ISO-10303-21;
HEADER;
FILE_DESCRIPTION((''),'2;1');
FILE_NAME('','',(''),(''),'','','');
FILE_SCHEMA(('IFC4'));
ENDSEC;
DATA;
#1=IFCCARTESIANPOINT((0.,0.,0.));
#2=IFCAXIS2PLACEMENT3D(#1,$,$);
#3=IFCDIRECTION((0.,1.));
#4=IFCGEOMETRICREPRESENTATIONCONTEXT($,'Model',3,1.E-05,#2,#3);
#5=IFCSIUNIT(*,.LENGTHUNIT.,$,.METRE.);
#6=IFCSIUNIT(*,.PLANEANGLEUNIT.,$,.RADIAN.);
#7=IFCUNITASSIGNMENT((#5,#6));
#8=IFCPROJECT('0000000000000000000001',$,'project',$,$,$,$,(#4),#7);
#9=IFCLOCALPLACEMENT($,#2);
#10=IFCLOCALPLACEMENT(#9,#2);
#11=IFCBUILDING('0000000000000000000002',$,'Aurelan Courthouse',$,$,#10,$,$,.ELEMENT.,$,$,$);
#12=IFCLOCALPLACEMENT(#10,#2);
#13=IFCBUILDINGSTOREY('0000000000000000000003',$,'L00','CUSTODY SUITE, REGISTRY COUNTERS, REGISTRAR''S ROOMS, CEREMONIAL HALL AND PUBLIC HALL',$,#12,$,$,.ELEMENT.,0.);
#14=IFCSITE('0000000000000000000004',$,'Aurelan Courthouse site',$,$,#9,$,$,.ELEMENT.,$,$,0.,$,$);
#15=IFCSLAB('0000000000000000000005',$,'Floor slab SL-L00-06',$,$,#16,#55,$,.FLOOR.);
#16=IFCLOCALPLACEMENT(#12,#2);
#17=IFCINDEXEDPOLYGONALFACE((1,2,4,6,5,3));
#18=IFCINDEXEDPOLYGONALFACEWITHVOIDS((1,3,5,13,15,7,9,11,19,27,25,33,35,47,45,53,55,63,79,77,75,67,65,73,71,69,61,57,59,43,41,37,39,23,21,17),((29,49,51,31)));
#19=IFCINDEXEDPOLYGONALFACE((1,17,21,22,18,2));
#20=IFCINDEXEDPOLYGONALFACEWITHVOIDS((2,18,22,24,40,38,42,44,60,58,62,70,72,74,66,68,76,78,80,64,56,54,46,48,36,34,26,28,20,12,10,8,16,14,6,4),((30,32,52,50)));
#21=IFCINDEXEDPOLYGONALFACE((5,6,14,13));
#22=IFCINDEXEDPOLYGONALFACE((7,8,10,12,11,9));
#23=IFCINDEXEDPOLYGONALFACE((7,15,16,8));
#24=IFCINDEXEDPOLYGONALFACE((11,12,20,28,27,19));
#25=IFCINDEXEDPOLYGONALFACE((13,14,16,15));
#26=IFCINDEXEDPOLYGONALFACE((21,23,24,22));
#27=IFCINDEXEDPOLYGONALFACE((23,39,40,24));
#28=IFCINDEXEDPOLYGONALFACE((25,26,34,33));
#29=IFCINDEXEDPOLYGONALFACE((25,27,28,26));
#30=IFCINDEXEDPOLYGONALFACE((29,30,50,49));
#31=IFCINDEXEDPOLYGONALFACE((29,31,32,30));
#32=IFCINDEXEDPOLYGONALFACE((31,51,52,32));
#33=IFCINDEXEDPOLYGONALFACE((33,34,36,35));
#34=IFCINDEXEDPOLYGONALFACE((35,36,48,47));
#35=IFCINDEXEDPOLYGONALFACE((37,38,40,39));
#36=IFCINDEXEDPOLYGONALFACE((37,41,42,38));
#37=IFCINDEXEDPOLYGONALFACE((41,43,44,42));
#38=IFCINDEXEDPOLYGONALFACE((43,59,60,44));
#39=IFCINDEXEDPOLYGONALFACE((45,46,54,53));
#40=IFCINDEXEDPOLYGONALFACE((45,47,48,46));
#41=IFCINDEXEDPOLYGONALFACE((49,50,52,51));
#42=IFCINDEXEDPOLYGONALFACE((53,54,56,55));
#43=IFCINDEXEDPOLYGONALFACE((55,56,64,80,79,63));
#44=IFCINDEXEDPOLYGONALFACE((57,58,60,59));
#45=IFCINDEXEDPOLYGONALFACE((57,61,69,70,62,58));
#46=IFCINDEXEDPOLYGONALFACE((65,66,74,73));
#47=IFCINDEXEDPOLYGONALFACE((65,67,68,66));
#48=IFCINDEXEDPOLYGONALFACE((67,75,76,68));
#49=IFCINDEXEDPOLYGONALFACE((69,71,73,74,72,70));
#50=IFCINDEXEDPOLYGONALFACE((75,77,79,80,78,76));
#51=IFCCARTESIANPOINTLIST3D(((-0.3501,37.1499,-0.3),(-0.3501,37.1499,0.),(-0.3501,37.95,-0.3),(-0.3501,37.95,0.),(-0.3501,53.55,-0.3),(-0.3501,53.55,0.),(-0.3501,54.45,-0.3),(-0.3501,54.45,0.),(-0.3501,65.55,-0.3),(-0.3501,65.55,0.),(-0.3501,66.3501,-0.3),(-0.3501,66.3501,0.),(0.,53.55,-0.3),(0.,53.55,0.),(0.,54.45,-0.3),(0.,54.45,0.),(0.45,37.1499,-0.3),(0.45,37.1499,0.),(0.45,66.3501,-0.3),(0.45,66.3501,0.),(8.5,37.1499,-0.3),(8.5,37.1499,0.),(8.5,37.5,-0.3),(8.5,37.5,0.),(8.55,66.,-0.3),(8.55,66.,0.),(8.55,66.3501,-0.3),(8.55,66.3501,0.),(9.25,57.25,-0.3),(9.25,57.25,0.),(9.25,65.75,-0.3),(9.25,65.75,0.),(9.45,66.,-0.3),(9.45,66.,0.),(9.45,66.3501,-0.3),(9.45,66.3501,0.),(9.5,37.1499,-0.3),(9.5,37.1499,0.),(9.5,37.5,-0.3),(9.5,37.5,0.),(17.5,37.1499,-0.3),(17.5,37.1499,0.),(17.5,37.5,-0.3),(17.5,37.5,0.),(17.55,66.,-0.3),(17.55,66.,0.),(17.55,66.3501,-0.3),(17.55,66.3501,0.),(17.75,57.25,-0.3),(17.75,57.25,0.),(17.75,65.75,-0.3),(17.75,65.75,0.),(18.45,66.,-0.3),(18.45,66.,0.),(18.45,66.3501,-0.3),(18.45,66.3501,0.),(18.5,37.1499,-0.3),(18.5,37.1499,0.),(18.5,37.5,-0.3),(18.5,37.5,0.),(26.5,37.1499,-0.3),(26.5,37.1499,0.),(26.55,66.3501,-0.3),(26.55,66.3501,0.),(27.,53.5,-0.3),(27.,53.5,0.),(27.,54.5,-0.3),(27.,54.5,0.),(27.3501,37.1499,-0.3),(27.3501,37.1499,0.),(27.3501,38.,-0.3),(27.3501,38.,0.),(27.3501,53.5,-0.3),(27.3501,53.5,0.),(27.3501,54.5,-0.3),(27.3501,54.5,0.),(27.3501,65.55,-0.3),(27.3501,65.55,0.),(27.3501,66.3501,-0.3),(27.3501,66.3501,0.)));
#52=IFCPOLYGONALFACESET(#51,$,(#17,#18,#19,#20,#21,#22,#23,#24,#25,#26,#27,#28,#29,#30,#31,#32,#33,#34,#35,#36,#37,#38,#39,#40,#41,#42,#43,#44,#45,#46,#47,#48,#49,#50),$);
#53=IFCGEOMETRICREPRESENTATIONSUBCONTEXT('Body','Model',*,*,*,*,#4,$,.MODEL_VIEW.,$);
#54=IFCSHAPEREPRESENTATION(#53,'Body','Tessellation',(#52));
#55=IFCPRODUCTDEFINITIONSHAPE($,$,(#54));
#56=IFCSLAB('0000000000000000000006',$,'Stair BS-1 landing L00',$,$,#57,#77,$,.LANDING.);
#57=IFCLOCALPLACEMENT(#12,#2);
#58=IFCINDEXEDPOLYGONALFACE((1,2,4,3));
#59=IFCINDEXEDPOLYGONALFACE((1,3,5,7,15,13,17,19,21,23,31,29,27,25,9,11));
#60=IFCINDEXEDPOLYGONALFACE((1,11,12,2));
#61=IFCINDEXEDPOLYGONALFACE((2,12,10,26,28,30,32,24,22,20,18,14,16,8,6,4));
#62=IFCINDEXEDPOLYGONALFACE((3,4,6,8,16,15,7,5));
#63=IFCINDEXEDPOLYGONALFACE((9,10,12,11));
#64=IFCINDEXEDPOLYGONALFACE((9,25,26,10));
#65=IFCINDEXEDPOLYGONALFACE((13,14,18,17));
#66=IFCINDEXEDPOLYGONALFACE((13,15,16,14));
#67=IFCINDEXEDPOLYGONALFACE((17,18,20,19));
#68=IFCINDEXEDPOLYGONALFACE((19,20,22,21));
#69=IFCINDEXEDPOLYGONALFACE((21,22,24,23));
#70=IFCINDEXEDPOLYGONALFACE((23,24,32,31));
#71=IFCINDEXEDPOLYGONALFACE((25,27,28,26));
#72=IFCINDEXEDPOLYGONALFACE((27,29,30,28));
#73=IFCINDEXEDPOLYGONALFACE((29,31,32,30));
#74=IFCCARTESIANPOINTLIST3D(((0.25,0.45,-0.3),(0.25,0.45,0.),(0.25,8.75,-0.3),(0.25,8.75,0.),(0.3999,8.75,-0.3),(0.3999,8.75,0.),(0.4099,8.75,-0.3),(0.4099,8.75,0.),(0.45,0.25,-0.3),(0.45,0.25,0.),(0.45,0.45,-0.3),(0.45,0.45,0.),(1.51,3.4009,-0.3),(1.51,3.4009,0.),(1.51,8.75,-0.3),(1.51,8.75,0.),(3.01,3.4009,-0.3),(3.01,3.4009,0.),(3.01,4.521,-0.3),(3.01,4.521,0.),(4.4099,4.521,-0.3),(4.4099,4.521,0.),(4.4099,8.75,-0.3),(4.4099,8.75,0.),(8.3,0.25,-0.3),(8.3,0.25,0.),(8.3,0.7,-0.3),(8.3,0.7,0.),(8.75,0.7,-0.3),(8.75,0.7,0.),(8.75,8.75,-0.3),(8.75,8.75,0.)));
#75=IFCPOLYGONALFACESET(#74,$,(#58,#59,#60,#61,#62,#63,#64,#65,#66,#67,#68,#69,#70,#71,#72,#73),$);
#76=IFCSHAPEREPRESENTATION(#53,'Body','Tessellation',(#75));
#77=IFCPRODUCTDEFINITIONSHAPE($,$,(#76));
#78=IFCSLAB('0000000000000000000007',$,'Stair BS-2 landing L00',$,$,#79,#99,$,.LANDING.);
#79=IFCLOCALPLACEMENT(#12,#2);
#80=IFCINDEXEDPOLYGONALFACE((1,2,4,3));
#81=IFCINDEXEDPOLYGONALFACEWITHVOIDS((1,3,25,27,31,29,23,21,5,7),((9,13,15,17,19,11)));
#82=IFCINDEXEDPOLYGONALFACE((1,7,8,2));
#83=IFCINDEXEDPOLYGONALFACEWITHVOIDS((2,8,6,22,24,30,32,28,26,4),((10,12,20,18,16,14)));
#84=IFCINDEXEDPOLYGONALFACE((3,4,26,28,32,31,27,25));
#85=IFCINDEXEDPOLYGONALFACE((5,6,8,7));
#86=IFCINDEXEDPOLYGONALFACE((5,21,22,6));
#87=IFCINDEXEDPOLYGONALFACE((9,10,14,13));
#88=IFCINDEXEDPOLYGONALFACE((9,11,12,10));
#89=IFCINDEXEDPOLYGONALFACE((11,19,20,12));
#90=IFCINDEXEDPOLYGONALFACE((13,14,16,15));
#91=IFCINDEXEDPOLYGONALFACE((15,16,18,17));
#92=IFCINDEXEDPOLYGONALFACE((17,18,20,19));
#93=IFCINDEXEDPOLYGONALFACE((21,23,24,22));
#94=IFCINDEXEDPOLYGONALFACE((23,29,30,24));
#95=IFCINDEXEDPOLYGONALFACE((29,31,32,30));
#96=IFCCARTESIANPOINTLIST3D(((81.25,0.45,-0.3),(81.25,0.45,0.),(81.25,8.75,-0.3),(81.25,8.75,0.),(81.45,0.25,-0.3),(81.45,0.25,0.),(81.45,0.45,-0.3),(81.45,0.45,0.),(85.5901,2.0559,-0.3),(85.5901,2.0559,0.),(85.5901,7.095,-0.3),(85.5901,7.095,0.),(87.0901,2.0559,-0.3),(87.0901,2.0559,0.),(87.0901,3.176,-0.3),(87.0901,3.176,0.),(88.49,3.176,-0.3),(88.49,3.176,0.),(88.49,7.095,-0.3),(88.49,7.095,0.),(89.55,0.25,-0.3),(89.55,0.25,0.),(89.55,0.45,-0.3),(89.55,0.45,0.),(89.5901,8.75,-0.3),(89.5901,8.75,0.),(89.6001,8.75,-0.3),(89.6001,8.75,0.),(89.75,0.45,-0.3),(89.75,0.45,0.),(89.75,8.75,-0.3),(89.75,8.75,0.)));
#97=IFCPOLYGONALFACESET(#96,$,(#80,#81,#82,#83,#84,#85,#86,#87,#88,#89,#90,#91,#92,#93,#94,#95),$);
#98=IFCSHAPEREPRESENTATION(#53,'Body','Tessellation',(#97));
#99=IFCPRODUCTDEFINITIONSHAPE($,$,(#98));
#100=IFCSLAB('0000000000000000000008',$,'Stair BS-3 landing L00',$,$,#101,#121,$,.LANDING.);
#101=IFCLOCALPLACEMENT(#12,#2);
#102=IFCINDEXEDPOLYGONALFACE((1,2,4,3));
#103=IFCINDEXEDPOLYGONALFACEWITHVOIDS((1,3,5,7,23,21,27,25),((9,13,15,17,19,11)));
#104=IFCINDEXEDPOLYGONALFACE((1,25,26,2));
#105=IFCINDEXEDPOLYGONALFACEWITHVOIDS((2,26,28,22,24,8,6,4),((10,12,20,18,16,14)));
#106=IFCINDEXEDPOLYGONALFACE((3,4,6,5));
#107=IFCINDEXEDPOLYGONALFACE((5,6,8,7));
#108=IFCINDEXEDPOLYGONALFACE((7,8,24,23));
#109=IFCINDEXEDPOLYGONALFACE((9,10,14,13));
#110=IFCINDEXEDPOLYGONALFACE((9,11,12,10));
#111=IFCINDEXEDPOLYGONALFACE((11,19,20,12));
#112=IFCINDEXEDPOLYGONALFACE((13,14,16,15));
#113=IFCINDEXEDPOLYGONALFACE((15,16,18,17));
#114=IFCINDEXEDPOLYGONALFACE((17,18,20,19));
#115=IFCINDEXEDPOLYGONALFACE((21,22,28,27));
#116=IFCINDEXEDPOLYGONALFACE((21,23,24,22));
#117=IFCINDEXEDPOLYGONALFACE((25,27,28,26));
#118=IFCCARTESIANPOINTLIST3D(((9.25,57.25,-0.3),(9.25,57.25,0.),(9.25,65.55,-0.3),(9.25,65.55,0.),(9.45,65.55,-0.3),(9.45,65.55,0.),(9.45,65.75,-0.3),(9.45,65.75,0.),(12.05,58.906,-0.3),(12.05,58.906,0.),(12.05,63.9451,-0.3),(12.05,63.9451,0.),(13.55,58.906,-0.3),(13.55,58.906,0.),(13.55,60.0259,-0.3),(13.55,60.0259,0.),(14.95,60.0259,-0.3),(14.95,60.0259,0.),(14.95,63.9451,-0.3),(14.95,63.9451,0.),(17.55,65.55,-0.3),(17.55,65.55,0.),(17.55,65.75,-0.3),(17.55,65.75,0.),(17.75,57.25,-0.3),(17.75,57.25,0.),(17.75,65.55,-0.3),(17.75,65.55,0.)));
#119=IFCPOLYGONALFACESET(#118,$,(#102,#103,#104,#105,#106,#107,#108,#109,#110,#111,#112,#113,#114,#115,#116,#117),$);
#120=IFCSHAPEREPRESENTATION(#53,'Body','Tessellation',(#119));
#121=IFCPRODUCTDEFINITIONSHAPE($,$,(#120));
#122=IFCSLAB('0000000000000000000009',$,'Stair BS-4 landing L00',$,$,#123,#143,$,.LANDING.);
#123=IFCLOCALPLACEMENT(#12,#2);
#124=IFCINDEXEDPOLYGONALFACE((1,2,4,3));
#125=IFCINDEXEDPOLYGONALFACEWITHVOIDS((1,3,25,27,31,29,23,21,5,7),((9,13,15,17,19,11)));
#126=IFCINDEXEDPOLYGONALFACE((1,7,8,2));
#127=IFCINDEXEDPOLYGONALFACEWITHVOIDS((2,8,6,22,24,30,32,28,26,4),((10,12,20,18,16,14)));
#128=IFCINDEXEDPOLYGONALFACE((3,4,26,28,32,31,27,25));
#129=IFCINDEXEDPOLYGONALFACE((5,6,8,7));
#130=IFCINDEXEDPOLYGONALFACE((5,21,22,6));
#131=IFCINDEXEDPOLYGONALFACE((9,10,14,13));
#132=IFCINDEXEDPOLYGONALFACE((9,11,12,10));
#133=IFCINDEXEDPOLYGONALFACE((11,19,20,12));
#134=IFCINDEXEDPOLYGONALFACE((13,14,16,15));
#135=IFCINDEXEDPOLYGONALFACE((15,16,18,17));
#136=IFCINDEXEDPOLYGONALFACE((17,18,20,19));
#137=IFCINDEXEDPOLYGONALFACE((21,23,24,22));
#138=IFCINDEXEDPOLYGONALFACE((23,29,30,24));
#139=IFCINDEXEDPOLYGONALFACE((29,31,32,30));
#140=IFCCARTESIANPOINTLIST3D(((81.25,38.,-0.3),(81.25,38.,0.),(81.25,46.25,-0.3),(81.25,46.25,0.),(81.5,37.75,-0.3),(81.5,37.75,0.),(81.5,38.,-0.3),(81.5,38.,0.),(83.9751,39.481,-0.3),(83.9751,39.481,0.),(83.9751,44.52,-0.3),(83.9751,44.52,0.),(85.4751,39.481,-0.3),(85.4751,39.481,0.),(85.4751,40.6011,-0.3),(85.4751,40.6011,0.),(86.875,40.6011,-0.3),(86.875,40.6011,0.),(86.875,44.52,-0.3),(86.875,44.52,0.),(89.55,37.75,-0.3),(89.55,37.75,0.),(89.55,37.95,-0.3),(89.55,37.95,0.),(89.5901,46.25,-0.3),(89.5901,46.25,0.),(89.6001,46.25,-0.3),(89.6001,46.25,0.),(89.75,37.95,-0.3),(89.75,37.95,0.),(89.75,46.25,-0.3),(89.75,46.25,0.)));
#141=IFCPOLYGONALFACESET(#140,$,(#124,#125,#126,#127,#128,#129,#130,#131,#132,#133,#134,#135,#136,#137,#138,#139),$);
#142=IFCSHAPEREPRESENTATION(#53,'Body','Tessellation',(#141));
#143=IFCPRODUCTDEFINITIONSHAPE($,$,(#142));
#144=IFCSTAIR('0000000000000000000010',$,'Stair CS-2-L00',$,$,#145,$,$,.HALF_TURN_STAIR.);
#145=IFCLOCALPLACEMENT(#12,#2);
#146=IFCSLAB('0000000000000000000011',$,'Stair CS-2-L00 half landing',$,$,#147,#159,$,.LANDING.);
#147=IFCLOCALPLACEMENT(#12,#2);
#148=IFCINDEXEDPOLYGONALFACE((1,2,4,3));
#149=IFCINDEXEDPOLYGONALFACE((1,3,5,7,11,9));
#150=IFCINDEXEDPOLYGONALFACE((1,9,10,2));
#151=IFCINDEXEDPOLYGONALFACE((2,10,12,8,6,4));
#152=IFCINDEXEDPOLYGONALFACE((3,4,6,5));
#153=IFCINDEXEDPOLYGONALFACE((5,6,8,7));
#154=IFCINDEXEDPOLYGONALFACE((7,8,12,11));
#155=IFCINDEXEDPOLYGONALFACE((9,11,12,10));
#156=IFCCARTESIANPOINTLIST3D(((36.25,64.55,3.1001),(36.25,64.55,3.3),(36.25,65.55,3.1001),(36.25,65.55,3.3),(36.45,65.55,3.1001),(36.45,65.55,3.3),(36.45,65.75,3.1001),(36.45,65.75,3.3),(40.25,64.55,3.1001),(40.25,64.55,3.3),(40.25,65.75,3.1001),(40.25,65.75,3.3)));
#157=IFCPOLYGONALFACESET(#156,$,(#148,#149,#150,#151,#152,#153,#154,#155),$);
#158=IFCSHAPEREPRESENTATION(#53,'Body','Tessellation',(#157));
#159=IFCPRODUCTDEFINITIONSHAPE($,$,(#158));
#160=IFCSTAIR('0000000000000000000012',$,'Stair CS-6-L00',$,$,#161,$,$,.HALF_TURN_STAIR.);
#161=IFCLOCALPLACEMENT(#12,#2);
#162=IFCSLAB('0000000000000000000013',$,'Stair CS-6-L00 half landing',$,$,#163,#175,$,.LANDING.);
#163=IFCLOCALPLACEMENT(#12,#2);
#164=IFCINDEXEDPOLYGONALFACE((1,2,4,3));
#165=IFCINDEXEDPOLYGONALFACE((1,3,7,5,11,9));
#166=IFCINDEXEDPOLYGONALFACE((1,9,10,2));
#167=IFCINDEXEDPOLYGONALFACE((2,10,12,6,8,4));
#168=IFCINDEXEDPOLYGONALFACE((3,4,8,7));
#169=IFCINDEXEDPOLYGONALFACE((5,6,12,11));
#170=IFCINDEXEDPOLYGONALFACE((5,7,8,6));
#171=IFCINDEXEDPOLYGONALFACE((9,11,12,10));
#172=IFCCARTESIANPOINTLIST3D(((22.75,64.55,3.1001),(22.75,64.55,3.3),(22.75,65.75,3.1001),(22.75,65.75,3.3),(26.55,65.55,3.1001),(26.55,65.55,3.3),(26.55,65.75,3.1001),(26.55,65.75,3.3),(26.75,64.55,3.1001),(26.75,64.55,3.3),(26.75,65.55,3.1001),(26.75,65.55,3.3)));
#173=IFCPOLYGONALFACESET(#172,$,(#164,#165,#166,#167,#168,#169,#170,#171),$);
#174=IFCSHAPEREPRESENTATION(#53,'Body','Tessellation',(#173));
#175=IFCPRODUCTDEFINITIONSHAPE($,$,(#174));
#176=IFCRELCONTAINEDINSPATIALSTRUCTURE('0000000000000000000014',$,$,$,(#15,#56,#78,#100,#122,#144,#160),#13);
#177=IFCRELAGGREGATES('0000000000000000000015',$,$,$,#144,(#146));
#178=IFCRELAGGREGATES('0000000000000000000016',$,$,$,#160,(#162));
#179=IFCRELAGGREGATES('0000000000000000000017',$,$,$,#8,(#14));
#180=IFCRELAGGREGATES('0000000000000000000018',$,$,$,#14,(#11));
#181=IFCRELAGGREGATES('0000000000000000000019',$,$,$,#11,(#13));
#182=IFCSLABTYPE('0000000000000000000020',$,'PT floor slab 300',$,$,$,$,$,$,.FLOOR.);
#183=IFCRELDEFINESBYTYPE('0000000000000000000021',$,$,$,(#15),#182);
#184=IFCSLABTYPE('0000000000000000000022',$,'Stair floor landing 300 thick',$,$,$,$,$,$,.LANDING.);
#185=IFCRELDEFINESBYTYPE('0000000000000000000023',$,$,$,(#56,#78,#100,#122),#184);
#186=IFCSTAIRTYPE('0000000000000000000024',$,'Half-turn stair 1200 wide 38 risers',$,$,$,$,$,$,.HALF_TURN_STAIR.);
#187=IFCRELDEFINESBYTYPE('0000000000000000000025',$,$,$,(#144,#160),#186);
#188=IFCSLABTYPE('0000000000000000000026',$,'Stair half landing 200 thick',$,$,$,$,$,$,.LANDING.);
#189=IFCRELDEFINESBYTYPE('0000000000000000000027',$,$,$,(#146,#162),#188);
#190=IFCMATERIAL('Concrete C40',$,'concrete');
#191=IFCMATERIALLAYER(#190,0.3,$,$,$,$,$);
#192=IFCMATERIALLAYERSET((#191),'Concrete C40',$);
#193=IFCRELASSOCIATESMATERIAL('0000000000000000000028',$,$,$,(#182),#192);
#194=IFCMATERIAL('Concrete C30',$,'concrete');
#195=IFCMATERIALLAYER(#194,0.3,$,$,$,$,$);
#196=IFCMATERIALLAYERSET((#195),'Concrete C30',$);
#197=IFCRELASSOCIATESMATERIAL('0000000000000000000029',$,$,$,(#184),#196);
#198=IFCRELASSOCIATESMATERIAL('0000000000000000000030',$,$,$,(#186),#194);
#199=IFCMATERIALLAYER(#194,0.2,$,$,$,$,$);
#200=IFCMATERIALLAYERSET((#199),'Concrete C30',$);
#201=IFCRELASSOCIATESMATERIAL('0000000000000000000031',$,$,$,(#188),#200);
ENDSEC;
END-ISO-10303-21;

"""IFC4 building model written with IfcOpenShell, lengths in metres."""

from ifc_helpers import new_model, si_unit, direction, frame, origin, place, context, subcontext, project, spatial, polyline, outline, extrude, material, layer, layer_set, type_object, element, aggregate, save


model = new_model("IFC4")

# Units and contexts
model_context = context("Model", 3, precision=1e-05, world=origin(), true_north=direction((0.0, 1.0)))
body_context = subcontext(model_context, "Body", "Model", "MODEL_VIEW")
ifc_project = project(units=[si_unit("LENGTHUNIT", "METRE"), si_unit("PLANEANGLEUNIT", "RADIAN")], contexts=[model_context])

# Site, building, storey
site_placement = place(None, origin())
site = spatial("IfcSite", under=ifc_project, at=site_placement, Name="Aurelan Courthouse site", CompositionType="ELEMENT", RefElevation=0.0)
building_placement = place(site_placement, origin())
building = spatial("IfcBuilding", under=site, at=building_placement, Name="Aurelan Courthouse", CompositionType="ELEMENT")
storey_placement = place(building_placement, origin())
storey = spatial("IfcBuildingStorey", under=building, at=storey_placement, Name="L00", Description="CUSTODY SUITE, REGISTRY COUNTERS, REGISTRAR'S ROOMS, CEREMONIAL HALL AND PUBLIC HALL", CompositionType="ELEMENT", Elevation=0.0)

# Slabs
ifc_material_1 = material(Name="Concrete C40", Category="concrete")
ifc_layer_1 = layer(ifc_material_1, 0.3)
ifc_layer_set_1 = layer_set([ifc_layer_1], Name="Concrete C40")
slab_type_1 = type_object("IfcSlabType", Name="PT floor slab 300", PredefinedType="FLOOR", material=ifc_layer_set_1)
slab_1_placement = place(storey_placement, frame((0.0, 0.0, -0.3)))
element("IfcSlab", 1, at=slab_1_placement, inside=storey, type_object=slab_type_1, Name="Floor slab SL-L00-06", PredefinedType="FLOOR", context=body_context, shape_type="SweptSolid", body=[
    extrude(outline(polyline([(-0.3501, 37.1499), (0.45, 37.1499), (8.5, 37.1499), (8.5, 37.5), (9.5, 37.5), (9.5, 37.1499), (17.5, 37.1499), (17.5, 37.5), (18.5, 37.5), (18.5, 37.1499), (26.5, 37.1499), (27.3501, 37.1499), (27.3501, 38.0), (27.3501, 53.5), (27.0, 53.5), (27.0, 54.5), (27.3501, 54.5), (27.3501, 65.55), (27.3501, 66.3501), (26.55, 66.3501), (18.45, 66.3501), (18.45, 66.0), (17.55, 66.0), (17.55, 66.3501), (9.45, 66.3501), (9.45, 66.0), (8.55, 66.0), (8.55, 66.3501), (0.45, 66.3501), (-0.3501, 66.3501), (-0.3501, 65.55), (-0.3501, 54.45), (0.0, 54.45), (0.0, 53.55), (-0.3501, 53.55), (-0.3501, 37.95), (-0.3501, 37.1499)]), holes=[polyline([(17.75, 65.75), (17.75, 57.25), (9.25, 57.25), (9.25, 65.75), (17.75, 65.75)])]), origin(), (0.0, 0.0, 1.0), 0.3),
])
ifc_material_2 = material(Name="Concrete C30", Category="concrete")
ifc_layer_2 = layer(ifc_material_2, 0.3)
ifc_layer_set_2 = layer_set([ifc_layer_2], Name="Concrete C30")
slab_type_2 = type_object("IfcSlabType", Name="Stair floor landing 300 thick", PredefinedType="LANDING", material=ifc_layer_set_2)
slab_2_placement = place(storey_placement, frame((0.0, 0.0, -0.3)))
element("IfcSlab", 2, at=slab_2_placement, inside=storey, type_object=slab_type_2, Name="Stair BS-1 landing L00", PredefinedType="LANDING", context=body_context, shape_type="SweptSolid", body=[
    extrude(outline(polyline([(0.45, 0.25), (0.45, 0.45), (0.25, 0.45), (0.25, 8.75), (0.3999, 8.75), (0.4099, 8.75), (1.51, 8.75), (1.51, 3.4009), (3.01, 3.4009), (3.01, 4.521), (4.4099, 4.521), (4.4099, 8.75), (8.75, 8.75), (8.75, 0.7), (8.3, 0.7), (8.3, 0.25), (0.45, 0.25)])), origin(), (0.0, 0.0, 1.0), 0.3),
])
slab_3_placement = place(storey_placement, frame((0.0, 0.0, -0.3)))
element("IfcSlab", 3, at=slab_3_placement, inside=storey, type_object=slab_type_2, Name="Stair BS-2 landing L00", PredefinedType="LANDING", context=body_context, shape_type="SweptSolid", body=[
    extrude(outline(polyline([(81.45, 0.25), (81.45, 0.45), (81.25, 0.45), (81.25, 8.75), (89.5901, 8.75), (89.6001, 8.75), (89.75, 8.75), (89.75, 0.45), (89.55, 0.45), (89.55, 0.25), (81.45, 0.25)]), holes=[polyline([(87.0901, 2.0559), (87.0901, 3.176), (88.49, 3.176), (88.49, 7.095), (85.5901, 7.095), (85.5901, 2.0559), (87.0901, 2.0559)])]), origin(), (0.0, 0.0, 1.0), 0.3),
])
slab_4_placement = place(storey_placement, frame((0.0, 0.0, -0.3)))
element("IfcSlab", 4, at=slab_4_placement, inside=storey, type_object=slab_type_2, Name="Stair BS-3 landing L00", PredefinedType="LANDING", context=body_context, shape_type="SweptSolid", body=[
    extrude(outline(polyline([(17.75, 57.25), (9.25, 57.25), (9.25, 65.55), (9.45, 65.55), (9.45, 65.75), (17.55, 65.75), (17.55, 65.55), (17.75, 65.55), (17.75, 57.25)]), holes=[polyline([(12.05, 58.906), (13.55, 58.906), (13.55, 60.0259), (14.95, 60.0259), (14.95, 63.9451), (12.05, 63.9451), (12.05, 58.906)])]), origin(), (0.0, 0.0, 1.0), 0.3),
])
slab_5_placement = place(storey_placement, frame((0.0, 0.0, -0.3)))
element("IfcSlab", 5, at=slab_5_placement, inside=storey, type_object=slab_type_2, Name="Stair BS-4 landing L00", PredefinedType="LANDING", context=body_context, shape_type="SweptSolid", body=[
    extrude(outline(polyline([(81.5, 37.75), (81.5, 38.0), (81.25, 38.0), (81.25, 46.25), (89.5901, 46.25), (89.6001, 46.25), (89.75, 46.25), (89.75, 37.95), (89.55, 37.95), (89.55, 37.75), (81.5, 37.75)]), holes=[polyline([(83.9751, 39.481), (85.4751, 39.481), (85.4751, 40.6011), (86.875, 40.6011), (86.875, 44.52), (83.9751, 44.52), (83.9751, 39.481)])]), origin(), (0.0, 0.0, 1.0), 0.3),
])

# Stairs, slabs
stair_type_1 = type_object("IfcStairType", Name="Half-turn stair 1200 wide 38 risers", PredefinedType="HALF_TURN_STAIR", material=ifc_material_2)
stair_1_placement = place(storey_placement, origin())
stair_1 = element("IfcStair", 6, at=stair_1_placement, inside=storey, type_object=stair_type_1, Name="Stair CS-2-L00", PredefinedType="HALF_TURN_STAIR")
ifc_layer_3 = layer(ifc_material_2, 0.2)
ifc_layer_set_3 = layer_set([ifc_layer_3], Name="Concrete C30")
slab_type_3 = type_object("IfcSlabType", Name="Stair half landing 200 thick", PredefinedType="LANDING", material=ifc_layer_set_3)
slab_6_placement = place(storey_placement, frame((0.0, 0.0, 3.1001)))
slab_6 = element("IfcSlab", 7, at=slab_6_placement, type_object=slab_type_3, Name="Stair CS-2-L00 half landing", PredefinedType="LANDING", context=body_context, shape_type="SweptSolid", body=[
    extrude(outline(polyline([(36.25, 65.55), (36.45, 65.55), (36.45, 65.75), (40.25, 65.75), (40.25, 64.55), (36.25, 64.55), (36.25, 65.55)])), origin(), (0.0, 0.0, 1.0), 0.2),
])
aggregate(stair_1, [slab_6])
stair_2_placement = place(storey_placement, origin())
stair_2 = element("IfcStair", 8, at=stair_2_placement, inside=storey, type_object=stair_type_1, Name="Stair CS-6-L00", PredefinedType="HALF_TURN_STAIR")
slab_7_placement = place(storey_placement, frame((0.0, 0.0, 3.1001)))
slab_7 = element("IfcSlab", 9, at=slab_7_placement, type_object=slab_type_3, Name="Stair CS-6-L00 half landing", PredefinedType="LANDING", context=body_context, shape_type="SweptSolid", body=[
    extrude(outline(polyline([(22.75, 65.75), (26.55, 65.75), (26.55, 65.55), (26.75, 65.55), (26.75, 64.55), (22.75, 64.55), (22.75, 65.75)])), origin(), (0.0, 0.0, 1.0), 0.2),
])
aggregate(stair_2, [slab_7])

save(model, "model.ifc")
